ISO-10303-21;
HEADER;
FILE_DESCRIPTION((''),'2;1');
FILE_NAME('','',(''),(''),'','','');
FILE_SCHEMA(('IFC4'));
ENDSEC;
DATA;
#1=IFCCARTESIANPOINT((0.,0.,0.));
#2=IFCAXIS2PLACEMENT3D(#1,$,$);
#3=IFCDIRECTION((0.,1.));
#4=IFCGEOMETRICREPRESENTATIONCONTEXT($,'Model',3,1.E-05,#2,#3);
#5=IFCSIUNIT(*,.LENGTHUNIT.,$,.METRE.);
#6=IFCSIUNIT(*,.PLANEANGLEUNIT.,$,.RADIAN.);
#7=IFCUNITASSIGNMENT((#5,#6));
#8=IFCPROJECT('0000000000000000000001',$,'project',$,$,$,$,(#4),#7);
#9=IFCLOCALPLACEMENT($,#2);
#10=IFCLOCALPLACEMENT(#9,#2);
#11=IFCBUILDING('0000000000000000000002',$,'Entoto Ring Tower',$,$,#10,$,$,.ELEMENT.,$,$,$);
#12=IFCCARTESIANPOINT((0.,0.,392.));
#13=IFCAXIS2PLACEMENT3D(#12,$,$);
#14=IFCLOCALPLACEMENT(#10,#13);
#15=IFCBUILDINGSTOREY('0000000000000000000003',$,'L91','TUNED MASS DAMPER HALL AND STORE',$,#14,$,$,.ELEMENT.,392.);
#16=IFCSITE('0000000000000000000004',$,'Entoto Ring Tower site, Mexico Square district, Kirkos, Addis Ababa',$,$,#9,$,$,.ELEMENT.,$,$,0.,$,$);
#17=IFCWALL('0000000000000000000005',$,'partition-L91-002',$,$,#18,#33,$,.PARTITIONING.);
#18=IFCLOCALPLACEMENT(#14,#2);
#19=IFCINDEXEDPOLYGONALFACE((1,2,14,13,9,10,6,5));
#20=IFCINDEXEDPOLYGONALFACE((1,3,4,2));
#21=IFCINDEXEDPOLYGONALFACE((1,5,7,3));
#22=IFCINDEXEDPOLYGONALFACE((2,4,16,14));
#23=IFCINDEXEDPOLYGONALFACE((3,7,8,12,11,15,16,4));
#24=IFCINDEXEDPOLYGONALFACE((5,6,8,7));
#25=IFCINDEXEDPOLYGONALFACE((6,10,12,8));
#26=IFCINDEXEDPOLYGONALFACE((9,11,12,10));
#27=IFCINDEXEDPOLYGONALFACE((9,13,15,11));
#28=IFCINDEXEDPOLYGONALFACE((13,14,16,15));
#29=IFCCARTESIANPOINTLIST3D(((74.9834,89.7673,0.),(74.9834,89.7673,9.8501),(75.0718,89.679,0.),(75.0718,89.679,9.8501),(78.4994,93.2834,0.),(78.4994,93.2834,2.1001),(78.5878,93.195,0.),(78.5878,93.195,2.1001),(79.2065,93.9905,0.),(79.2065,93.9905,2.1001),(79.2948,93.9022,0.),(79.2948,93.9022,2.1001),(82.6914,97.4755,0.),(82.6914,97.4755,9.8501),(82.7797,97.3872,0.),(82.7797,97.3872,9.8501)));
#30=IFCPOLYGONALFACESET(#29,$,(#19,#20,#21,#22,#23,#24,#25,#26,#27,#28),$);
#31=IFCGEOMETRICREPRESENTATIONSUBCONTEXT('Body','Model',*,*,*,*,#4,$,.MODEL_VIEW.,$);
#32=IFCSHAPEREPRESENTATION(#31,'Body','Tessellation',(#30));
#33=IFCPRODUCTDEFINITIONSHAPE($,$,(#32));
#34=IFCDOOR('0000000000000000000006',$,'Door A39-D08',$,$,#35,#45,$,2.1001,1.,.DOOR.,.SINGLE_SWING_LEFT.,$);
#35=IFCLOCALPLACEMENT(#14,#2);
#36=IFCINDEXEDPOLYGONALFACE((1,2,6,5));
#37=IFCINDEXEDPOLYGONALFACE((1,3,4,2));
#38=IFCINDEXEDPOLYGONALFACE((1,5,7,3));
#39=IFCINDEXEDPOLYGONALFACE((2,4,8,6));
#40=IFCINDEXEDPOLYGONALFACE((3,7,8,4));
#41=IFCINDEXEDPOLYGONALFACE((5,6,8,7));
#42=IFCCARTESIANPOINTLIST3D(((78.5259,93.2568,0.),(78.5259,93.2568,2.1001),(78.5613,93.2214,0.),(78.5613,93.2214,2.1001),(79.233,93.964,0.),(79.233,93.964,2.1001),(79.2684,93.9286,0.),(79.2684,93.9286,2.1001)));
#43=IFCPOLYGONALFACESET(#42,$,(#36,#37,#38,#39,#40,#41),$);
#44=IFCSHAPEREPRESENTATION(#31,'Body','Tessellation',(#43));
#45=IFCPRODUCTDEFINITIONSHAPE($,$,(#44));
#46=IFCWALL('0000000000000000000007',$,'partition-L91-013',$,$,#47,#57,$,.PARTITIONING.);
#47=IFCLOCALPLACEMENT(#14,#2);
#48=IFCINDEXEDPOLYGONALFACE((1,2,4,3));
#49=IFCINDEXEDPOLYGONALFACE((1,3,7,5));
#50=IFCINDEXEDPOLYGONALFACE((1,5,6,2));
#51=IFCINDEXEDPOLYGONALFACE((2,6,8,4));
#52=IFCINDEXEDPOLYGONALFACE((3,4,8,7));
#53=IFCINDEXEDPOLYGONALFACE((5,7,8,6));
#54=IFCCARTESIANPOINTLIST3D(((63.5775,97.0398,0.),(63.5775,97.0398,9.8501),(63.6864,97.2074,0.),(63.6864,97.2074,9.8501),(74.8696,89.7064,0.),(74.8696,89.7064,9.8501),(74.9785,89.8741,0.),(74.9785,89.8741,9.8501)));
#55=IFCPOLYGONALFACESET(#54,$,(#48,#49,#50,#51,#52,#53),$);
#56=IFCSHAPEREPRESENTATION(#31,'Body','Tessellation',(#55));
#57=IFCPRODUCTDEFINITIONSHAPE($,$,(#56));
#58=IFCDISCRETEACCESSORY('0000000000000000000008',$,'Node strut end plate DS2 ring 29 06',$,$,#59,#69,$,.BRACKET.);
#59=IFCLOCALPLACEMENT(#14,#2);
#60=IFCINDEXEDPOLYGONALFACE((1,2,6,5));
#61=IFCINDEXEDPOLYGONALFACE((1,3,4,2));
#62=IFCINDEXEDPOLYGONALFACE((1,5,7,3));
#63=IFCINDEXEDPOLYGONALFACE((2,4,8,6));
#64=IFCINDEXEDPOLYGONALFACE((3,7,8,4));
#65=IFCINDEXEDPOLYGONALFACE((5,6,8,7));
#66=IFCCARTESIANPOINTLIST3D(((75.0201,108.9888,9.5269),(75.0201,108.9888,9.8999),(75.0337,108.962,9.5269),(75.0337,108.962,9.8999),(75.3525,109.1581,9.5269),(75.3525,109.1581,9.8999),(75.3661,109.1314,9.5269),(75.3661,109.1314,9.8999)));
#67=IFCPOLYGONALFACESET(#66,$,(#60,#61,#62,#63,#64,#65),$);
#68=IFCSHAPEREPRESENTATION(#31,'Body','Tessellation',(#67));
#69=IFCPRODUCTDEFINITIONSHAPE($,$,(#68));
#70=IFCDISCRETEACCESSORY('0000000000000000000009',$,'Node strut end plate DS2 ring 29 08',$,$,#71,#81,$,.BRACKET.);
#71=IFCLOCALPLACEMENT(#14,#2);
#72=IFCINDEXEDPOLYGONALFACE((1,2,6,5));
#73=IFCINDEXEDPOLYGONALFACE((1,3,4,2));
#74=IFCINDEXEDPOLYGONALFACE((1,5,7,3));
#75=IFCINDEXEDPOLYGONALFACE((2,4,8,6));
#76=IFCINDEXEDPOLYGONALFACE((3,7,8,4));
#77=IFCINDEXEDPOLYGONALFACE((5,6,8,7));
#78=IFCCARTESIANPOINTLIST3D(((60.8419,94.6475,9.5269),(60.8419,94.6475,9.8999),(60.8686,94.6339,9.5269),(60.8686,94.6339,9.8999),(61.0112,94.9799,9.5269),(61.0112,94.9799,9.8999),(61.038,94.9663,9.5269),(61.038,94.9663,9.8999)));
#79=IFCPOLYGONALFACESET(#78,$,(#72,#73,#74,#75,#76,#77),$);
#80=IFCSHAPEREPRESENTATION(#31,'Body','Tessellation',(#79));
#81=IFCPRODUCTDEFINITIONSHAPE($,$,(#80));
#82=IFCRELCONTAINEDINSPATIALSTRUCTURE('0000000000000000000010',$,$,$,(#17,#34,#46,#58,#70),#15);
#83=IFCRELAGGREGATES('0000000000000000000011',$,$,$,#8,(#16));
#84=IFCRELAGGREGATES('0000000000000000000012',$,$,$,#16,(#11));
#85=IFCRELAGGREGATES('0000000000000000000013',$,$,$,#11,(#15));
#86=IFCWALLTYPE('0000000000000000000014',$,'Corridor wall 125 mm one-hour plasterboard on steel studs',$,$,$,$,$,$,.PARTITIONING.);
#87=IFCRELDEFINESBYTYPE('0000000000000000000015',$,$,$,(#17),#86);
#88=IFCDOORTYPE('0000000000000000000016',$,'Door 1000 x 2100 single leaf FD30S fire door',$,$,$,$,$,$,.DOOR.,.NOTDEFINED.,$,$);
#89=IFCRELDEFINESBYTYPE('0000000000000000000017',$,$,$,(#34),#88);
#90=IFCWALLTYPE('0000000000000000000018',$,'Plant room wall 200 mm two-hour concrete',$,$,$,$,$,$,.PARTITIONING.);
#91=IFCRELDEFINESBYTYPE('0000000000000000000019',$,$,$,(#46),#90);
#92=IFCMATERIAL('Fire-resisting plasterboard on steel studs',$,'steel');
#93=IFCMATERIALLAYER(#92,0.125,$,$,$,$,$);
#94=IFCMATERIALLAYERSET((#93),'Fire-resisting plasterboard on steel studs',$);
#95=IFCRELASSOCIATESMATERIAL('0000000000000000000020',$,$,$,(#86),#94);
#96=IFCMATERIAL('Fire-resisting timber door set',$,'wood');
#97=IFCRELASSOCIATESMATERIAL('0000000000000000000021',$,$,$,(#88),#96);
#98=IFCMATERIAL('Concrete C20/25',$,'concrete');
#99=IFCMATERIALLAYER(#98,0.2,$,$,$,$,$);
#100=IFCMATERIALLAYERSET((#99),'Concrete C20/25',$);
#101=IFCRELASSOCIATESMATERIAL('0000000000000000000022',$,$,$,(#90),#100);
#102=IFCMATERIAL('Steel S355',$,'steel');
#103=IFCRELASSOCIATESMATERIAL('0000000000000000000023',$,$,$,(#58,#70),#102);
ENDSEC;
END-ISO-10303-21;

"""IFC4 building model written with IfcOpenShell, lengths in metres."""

from ifc_helpers import new_model, si_unit, direction, frame, frame_2d, origin, origin_2d, place, context, subcontext, project, spatial, rectangle, extrude, material, layer, layer_set, type_object, element, fill, save


model = new_model("IFC4")

# Units and contexts
model_context = context("Model", 3, precision=1e-05, world=origin(), true_north=direction((0.0, 1.0)))
body_context = subcontext(model_context, "Body", "Model", "MODEL_VIEW")
ifc_project = project(units=[si_unit("LENGTHUNIT", "METRE"), si_unit("PLANEANGLEUNIT", "RADIAN")], contexts=[model_context])

# Site, building, storey
site_placement = place(None, origin())
site = spatial("IfcSite", under=ifc_project, at=site_placement, Name="Entoto Ring Tower site, Mexico Square district, Kirkos, Addis Ababa", CompositionType="ELEMENT", RefElevation=0.0)
building_placement = place(site_placement, origin())
building = spatial("IfcBuilding", under=site, at=building_placement, Name="Entoto Ring Tower", CompositionType="ELEMENT")
storey_placement = place(building_placement, frame((0.0, 0.0, 392.0)))
storey = spatial("IfcBuildingStorey", under=building, at=storey_placement, Name="L91", Description="TUNED MASS DAMPER HALL AND STORE", CompositionType="ELEMENT", Elevation=392.0)

# Wall, opening, door
ifc_material_1 = material(Name="Fire-resisting plasterboard on steel studs", Category="steel")
ifc_layer_1 = layer(ifc_material_1, 0.125)
ifc_layer_set_1 = layer_set([ifc_layer_1], Name="Fire-resisting plasterboard on steel studs")
wall_type_1 = type_object("IfcWallType", Name="Corridor wall 125 mm one-hour plasterboard on steel studs", PredefinedType="PARTITIONING", material=ifc_layer_set_1)
wall_1_placement = place(storey_placement, frame((75.0276, 89.7231, 0.0), z_axis=(0.0, 0.0, 1.0), x_axis=(0.707096, 0.707118, 0.0)))
wall_1 = element("IfcWall", 1, at=wall_1_placement, inside=storey, type_object=wall_type_1, Name="partition-L91-002", PredefinedType="PARTITIONING", context=body_context, shape_type="SweptSolid", body=[
    extrude(rectangle(XDim=10.9009, YDim=0.125, at=frame_2d((5.4504, 0.0))), origin(), (0.0, 0.0, 1.0), 9.8501),
])
opening_placement = place(wall_1_placement, frame((4.9724, 0.0, 0.0)))
opening = element("IfcOpeningElement", 2, at=opening_placement, cuts=wall_1, PredefinedType="OPENING", context=body_context, shape_type="SweptSolid", body=[
    extrude(rectangle(XDim=1.0, YDim=2.1001, at=frame_2d((0.5, 1.05))), frame((0.0, 0.0725, 0.0), z_axis=(0.0, -1.0, 0.0), x_axis=(1.0, 0.0, 0.0)), (0.0, 0.0, 1.0), 0.145),
])
ifc_material_2 = material(Name="Fire-resisting timber door set", Category="wood")
door_type = type_object("IfcDoorType", Name="Door 1000 x 2100 single leaf FD30S fire door", OperationType="NOTDEFINED", PredefinedType="DOOR", material=ifc_material_2)
door_placement = place(opening_placement, origin())
door = element("IfcDoor", 3, at=door_placement, inside=storey, type_object=door_type, Name="Door A39-D08", OperationType="SINGLE_SWING_LEFT", OverallHeight=2.1001, OverallWidth=1.0, PredefinedType="DOOR", context=body_context, shape_type="SweptSolid", body=[
    extrude(rectangle(XDim=1.0, YDim=2.1001, at=frame_2d((0.5, 1.05))), frame((0.0, 0.0249, 0.0), z_axis=(0.0, -1.0, 0.0), x_axis=(1.0, 0.0, 0.0)), (0.0, 0.0, 1.0), 0.05),
])
fill(opening, door)

# Wall
ifc_material_3 = material(Name="Concrete C20/25", Category="concrete")
ifc_layer_2 = layer(ifc_material_3, 0.2)
ifc_layer_set_2 = layer_set([ifc_layer_2], Name="Concrete C20/25")
wall_type_2 = type_object("IfcWallType", Name="Plant room wall 200 mm two-hour concrete", PredefinedType="PARTITIONING", material=ifc_layer_set_2)
wall_2_placement = place(storey_placement, frame((74.9241, 89.7903, 0.0), z_axis=(0.0, 0.0, 1.0), x_axis=(-0.838666, 0.544647, 0.0)))
element("IfcWall", 4, at=wall_2_placement, inside=storey, type_object=wall_type_2, Name="partition-L91-013", PredefinedType="PARTITIONING", context=body_context, shape_type="SweptSolid", body=[
    extrude(rectangle(XDim=13.4644, YDim=0.2, at=frame_2d((6.7322, 0.0))), origin(), (0.0, 0.0, 1.0), 9.8501),
])

# Discrete accessories
ifc_material_4 = material(Name="Steel S355", Category="steel")
for number, where, z_axis, x_axis, name in (
    (5, (75.1931, 109.0601, 9.5269), (0.0, 0.0, 1.0), (-0.45399, 0.891007, 0.0), "Node strut end plate DS2 ring 29 06"),
    (6, (60.9399, 94.8069, 9.5269), (0.0, 0.0, 1.0), (-0.891007, 0.45399, 0.0), "Node strut end plate DS2 ring 29 08"),
):
    element("IfcDiscreteAccessory", number, at=place(storey_placement, frame(where, z_axis=z_axis, x_axis=x_axis)), inside=storey, material=ifc_material_4, Name=name, PredefinedType="BRACKET", context=body_context, shape_type="SweptSolid", body=[
        extrude(rectangle(XDim=0.03, YDim=0.373, at=origin_2d()), origin(), (0.0, 0.0, 1.0), 0.373),
    ])

save(model, "model.ifc")
